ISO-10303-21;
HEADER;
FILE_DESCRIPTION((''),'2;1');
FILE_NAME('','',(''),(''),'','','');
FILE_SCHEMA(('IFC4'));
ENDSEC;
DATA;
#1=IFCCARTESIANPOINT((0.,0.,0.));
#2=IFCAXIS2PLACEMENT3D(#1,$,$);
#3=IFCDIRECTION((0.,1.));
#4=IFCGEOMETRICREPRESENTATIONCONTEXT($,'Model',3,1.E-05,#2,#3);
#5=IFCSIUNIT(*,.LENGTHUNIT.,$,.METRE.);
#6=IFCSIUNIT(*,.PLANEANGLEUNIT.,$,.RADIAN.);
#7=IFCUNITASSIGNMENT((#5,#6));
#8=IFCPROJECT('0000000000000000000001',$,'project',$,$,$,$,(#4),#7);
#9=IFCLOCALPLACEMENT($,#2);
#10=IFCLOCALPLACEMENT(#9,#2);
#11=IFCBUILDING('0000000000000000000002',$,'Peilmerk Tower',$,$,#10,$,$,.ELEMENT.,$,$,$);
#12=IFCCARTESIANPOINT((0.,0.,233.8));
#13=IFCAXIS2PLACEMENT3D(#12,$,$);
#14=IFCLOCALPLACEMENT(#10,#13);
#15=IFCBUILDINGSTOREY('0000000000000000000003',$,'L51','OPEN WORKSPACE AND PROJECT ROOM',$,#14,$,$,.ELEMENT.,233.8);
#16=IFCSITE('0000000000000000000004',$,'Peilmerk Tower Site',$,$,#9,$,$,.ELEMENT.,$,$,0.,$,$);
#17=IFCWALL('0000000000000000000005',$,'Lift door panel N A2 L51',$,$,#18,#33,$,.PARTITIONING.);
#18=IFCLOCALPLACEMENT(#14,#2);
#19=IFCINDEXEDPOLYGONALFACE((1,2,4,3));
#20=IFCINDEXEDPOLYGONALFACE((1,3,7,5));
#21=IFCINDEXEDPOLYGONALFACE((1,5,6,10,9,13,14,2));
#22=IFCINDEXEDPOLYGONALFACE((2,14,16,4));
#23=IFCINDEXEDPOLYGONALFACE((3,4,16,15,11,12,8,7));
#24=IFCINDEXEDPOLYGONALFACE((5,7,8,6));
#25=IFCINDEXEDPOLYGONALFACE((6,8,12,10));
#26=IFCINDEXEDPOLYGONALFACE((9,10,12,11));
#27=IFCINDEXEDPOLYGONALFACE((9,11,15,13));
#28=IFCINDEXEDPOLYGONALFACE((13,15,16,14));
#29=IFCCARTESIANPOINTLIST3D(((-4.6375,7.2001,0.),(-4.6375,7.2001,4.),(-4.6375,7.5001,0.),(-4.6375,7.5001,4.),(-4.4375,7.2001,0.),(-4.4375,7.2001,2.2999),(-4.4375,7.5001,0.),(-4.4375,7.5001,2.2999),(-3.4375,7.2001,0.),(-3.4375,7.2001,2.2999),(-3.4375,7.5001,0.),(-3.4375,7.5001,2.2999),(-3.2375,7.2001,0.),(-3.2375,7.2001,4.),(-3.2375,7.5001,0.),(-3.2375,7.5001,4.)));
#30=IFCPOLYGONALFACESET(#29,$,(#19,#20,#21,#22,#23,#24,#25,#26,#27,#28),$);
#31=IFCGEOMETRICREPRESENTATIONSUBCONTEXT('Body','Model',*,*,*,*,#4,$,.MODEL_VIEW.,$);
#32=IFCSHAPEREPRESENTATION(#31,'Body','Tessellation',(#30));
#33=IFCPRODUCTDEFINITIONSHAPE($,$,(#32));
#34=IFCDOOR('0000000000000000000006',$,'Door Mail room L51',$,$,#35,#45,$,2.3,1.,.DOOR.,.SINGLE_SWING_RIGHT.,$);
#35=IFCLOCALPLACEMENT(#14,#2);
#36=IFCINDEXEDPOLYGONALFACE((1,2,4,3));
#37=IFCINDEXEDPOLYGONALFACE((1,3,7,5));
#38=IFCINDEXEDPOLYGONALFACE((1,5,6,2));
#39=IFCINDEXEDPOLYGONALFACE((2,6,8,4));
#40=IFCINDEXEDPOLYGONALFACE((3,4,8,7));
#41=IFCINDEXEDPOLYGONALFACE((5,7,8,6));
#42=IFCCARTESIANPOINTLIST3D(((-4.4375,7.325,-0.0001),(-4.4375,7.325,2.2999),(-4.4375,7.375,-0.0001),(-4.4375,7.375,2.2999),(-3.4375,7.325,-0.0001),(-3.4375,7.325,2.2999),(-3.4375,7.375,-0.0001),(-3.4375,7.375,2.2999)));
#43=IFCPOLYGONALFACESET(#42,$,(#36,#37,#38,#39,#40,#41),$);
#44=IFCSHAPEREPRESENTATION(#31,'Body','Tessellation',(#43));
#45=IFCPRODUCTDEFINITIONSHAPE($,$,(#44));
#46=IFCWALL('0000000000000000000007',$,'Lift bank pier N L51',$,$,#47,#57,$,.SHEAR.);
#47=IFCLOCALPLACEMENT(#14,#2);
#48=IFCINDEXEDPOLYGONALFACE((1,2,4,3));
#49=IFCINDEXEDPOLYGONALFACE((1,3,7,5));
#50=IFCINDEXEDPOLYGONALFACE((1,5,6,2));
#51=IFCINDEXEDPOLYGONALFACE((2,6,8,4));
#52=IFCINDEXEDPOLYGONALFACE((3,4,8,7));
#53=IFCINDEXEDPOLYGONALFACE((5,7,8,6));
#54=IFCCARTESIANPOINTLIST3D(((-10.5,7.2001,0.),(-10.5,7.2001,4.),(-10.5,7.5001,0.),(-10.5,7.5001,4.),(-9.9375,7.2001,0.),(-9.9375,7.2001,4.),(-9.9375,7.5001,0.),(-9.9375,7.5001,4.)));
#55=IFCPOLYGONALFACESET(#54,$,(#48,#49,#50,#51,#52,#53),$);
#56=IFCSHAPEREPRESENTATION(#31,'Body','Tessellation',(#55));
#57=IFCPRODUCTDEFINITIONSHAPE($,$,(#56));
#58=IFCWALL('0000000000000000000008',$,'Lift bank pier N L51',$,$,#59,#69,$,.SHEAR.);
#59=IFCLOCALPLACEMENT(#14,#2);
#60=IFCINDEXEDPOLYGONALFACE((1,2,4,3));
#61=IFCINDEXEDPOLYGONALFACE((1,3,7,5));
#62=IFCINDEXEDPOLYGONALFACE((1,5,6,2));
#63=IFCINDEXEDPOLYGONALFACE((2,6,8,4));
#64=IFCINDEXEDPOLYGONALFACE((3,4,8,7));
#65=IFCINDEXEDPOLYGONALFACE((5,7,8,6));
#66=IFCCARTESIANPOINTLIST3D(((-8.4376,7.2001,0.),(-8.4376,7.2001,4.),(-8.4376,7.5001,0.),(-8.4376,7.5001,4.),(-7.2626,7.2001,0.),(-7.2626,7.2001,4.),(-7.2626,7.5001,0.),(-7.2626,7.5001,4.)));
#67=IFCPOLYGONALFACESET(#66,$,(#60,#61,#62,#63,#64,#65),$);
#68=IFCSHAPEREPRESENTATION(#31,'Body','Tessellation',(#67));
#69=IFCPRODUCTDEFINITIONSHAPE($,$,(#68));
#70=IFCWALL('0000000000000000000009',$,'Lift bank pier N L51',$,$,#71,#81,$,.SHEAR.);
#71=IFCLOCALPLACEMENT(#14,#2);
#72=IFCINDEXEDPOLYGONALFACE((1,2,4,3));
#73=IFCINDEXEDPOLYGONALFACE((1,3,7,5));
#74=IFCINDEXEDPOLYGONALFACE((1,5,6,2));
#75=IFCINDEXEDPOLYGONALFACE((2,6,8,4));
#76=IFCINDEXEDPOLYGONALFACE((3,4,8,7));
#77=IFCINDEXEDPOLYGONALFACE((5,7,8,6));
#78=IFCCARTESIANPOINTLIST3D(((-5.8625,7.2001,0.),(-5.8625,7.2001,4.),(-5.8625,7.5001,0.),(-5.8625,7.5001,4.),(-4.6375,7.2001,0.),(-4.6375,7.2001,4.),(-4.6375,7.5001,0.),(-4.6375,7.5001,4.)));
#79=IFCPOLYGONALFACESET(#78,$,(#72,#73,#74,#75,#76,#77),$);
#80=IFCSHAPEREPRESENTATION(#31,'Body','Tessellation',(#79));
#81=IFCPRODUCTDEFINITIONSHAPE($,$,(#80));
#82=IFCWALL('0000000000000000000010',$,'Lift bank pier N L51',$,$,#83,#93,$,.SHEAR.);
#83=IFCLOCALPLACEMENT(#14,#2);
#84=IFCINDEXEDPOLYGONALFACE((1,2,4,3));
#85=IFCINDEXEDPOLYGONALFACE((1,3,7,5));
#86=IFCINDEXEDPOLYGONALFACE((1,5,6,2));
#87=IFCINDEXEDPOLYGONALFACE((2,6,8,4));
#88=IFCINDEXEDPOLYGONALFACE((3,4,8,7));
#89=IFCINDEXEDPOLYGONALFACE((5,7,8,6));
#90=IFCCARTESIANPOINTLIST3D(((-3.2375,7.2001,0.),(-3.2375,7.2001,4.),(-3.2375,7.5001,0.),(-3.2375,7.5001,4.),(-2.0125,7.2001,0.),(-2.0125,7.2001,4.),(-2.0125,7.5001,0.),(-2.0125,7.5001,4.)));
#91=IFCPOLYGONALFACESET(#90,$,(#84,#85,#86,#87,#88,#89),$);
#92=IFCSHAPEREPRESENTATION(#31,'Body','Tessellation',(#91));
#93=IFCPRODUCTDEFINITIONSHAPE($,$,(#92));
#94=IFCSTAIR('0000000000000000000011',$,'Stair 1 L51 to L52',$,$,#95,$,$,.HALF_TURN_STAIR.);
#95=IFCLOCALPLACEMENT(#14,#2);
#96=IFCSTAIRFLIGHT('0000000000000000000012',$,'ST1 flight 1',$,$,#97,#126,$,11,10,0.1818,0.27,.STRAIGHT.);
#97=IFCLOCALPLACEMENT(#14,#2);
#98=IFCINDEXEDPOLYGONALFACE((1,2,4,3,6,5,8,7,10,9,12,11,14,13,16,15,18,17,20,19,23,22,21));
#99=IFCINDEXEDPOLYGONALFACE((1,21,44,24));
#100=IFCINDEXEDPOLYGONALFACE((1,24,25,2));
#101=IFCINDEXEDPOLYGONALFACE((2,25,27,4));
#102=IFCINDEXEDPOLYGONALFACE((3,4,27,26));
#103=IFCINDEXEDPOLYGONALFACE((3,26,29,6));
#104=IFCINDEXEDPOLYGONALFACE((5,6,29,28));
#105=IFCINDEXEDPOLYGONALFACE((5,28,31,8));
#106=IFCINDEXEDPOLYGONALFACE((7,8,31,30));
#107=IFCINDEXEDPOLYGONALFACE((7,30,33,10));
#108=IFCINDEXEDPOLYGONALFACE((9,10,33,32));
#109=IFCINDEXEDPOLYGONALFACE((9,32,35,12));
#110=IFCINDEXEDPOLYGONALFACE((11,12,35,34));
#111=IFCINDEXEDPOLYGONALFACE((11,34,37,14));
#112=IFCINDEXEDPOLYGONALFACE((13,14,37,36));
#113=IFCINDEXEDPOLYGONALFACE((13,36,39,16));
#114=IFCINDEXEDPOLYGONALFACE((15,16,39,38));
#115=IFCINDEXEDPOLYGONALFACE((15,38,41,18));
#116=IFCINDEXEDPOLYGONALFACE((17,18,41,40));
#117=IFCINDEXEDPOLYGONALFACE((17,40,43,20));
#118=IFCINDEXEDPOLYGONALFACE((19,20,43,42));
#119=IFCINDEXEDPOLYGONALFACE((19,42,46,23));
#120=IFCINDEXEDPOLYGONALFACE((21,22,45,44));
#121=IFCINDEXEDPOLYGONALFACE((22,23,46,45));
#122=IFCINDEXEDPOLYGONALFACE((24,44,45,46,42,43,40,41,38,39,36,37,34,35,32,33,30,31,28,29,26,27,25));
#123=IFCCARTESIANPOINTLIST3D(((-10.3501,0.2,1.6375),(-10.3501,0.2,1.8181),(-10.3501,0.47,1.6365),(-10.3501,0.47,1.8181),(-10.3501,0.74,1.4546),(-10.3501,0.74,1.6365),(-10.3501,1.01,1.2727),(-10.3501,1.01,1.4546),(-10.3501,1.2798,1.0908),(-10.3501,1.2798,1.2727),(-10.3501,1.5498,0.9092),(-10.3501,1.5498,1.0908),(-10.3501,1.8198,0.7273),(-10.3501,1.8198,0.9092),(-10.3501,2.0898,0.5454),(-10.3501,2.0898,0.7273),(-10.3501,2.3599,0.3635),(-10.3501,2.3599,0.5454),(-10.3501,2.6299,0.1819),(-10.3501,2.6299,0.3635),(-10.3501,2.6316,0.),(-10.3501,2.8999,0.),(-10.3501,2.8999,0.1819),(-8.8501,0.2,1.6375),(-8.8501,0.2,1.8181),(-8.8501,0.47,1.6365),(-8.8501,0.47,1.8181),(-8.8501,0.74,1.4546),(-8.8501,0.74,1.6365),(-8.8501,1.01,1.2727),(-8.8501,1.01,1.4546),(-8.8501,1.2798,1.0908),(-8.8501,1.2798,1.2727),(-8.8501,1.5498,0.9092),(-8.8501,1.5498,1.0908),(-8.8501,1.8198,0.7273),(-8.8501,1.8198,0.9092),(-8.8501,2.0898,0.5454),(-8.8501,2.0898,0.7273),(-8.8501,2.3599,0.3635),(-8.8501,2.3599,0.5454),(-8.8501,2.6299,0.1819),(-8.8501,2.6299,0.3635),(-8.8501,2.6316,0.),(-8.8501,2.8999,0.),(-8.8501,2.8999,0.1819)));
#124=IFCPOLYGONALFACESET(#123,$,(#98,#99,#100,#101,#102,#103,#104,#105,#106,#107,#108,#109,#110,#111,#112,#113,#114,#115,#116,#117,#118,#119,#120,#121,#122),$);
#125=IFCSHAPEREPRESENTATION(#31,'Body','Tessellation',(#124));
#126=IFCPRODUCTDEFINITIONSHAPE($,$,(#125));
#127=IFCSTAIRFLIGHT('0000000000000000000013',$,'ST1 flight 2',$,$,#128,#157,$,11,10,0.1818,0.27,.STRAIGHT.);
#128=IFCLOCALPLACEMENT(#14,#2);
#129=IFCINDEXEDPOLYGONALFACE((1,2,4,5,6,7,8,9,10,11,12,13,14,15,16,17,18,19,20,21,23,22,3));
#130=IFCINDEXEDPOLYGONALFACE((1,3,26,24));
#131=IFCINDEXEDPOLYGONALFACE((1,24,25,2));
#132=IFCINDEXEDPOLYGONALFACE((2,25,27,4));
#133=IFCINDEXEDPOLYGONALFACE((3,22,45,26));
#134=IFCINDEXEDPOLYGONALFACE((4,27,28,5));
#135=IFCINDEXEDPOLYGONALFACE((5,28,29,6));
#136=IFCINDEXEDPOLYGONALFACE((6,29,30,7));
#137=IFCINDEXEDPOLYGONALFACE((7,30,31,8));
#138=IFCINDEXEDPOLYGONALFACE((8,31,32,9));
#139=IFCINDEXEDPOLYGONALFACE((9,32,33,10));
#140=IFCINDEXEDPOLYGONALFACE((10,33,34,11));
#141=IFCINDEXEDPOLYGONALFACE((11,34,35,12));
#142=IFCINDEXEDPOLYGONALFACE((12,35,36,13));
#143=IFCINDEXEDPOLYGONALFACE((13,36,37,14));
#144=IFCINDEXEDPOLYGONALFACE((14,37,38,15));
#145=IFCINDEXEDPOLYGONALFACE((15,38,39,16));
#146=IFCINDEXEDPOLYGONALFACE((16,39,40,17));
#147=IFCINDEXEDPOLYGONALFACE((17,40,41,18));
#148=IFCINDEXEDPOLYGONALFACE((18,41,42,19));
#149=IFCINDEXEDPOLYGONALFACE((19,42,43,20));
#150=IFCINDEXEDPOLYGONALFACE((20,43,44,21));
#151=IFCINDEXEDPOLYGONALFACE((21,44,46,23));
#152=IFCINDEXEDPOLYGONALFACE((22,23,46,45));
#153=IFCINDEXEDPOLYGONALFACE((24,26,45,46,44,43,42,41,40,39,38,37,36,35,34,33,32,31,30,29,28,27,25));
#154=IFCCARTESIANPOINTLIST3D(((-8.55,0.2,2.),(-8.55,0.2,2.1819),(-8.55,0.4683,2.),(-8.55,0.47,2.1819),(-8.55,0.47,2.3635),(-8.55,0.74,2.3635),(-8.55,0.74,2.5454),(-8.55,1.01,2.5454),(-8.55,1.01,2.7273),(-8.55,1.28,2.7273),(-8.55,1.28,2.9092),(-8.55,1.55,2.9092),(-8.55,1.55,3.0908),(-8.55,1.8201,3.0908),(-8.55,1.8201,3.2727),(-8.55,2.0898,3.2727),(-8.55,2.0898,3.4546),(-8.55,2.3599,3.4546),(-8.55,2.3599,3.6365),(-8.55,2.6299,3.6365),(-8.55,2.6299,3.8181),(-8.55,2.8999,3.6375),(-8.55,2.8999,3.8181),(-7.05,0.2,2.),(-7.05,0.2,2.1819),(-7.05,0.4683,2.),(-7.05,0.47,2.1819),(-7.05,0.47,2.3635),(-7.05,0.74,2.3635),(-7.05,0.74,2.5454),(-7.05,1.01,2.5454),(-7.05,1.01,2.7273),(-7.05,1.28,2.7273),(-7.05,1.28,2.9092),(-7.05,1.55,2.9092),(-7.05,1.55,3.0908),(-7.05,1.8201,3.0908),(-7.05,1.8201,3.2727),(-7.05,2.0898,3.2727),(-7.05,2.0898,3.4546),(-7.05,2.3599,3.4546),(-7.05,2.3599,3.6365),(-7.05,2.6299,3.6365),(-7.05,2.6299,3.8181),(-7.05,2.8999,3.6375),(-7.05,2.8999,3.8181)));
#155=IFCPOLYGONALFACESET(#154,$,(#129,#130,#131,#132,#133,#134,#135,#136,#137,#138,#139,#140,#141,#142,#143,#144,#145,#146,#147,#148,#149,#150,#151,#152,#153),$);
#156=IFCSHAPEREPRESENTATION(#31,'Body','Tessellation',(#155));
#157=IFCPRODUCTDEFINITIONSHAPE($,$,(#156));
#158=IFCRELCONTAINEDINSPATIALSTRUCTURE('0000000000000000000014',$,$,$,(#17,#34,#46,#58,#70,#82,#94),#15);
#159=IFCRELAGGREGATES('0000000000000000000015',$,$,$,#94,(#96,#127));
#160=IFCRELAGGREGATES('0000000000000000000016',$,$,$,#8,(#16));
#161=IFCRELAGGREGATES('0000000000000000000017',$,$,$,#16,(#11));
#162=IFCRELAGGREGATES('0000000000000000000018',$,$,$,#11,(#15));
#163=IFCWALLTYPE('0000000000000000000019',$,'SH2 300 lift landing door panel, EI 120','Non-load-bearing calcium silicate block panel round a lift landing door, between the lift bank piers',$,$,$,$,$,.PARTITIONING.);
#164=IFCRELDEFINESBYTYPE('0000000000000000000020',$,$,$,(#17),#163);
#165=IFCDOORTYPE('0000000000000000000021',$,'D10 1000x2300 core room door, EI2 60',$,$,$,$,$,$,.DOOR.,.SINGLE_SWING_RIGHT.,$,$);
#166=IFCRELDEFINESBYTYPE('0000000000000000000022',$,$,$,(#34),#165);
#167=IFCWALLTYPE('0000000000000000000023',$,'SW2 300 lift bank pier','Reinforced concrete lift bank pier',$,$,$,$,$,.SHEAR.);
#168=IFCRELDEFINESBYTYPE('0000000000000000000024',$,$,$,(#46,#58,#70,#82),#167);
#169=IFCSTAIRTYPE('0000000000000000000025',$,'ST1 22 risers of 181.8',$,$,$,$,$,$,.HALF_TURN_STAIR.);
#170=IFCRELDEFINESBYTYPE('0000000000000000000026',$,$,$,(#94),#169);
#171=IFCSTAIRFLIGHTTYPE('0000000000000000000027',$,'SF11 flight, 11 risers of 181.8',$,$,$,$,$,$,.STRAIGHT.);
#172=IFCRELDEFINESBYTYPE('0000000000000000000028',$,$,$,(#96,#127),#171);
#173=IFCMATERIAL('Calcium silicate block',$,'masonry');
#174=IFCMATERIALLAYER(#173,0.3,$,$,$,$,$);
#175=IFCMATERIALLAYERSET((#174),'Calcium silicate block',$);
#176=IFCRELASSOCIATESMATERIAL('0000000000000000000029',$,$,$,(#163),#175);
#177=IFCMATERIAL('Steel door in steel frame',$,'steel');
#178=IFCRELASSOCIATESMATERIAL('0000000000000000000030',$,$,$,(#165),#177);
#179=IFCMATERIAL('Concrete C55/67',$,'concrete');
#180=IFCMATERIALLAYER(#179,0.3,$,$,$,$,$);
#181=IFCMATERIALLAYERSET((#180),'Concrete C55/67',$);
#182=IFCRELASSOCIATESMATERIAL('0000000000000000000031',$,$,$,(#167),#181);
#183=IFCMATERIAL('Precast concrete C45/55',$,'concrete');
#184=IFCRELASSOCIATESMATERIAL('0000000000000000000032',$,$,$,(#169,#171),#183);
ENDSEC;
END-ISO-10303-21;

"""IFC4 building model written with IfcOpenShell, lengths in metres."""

from ifc_helpers import new_model, si_unit, direction, frame, frame_2d, origin, place, context, subcontext, project, spatial, polyline, rectangle, outline, extrude, material, layer, layer_set, type_object, element, fill, aggregate, save


model = new_model("IFC4")

# Units and contexts
model_context = context("Model", 3, precision=1e-05, world=origin(), true_north=direction((0.0, 1.0)))
body_context = subcontext(model_context, "Body", "Model", "MODEL_VIEW")
ifc_project = project(units=[si_unit("LENGTHUNIT", "METRE"), si_unit("PLANEANGLEUNIT", "RADIAN")], contexts=[model_context])

# Site, building, storey
site_placement = place(None, origin())
site = spatial("IfcSite", under=ifc_project, at=site_placement, Name="Peilmerk Tower Site", CompositionType="ELEMENT", RefElevation=0.0)
building_placement = place(site_placement, origin())
building = spatial("IfcBuilding", under=site, at=building_placement, Name="Peilmerk Tower", CompositionType="ELEMENT")
storey_placement = place(building_placement, frame((0.0, 0.0, 233.8)))
storey = spatial("IfcBuildingStorey", under=building, at=storey_placement, Name="L51", Description="OPEN WORKSPACE AND PROJECT ROOM", CompositionType="ELEMENT", Elevation=233.8)

# Shared definitions
ifc_material_1 = material(Name="Concrete C55/67", Category="concrete")

# Shared definitions
ifc_material_2 = material(Name="Steel door in steel frame", Category="steel")

# Shared definitions
ifc_material_3 = material(Name="Calcium silicate block", Category="masonry")
ifc_layer_1 = layer(ifc_material_3, 0.3)
ifc_layer_set_1 = layer_set([ifc_layer_1], Name="Calcium silicate block")
wall_type_1 = type_object("IfcWallType", Name="SH2 300 lift landing door panel, EI 120", Description="Non-load-bearing calcium silicate block panel round a lift landing door, between the lift bank piers", PredefinedType="PARTITIONING", material=ifc_layer_set_1)

# Wall, opening, door
wall_1_placement = place(storey_placement, frame((-4.6375, 7.3501, 0.0), z_axis=(0.0, 0.0, 1.0), x_axis=(1.0, 0.0, 0.0)))
wall_1 = element("IfcWall", 1, at=wall_1_placement, inside=storey, type_object=wall_type_1, Name="Lift door panel N A2 L51", PredefinedType="PARTITIONING", context=body_context, shape_type="SweptSolid", body=[
    extrude(rectangle(XDim=1.3999, YDim=0.3, at=frame_2d((0.7, 0.0))), origin(), (0.0, 0.0, 1.0), 4.0),
])
opening_1_placement = place(wall_1_placement, frame((0.2, 0.0, 0.0)))
opening_1 = element("IfcOpeningElement", 2, at=opening_1_placement, cuts=wall_1, PredefinedType="OPENING", context=body_context, shape_type="SweptSolid", body=[
    extrude(rectangle(XDim=1.0, YDim=2.3, at=frame_2d((0.5, 1.1499))), frame((0.0, 0.1599, 0.0), z_axis=(0.0, -1.0, 0.0), x_axis=(1.0, 0.0, 0.0)), (0.0, 0.0, 1.0), 0.3201),
])
door_type_1 = type_object("IfcDoorType", Name="D10 1000x2300 core room door, EI2 60", OperationType="SINGLE_SWING_RIGHT", PredefinedType="DOOR", material=ifc_material_2)
door_1_placement = place(opening_1_placement, origin())
door_1 = element("IfcDoor", 3, at=door_1_placement, inside=storey, type_object=door_type_1, Name="Door Mail room L51", OperationType="SINGLE_SWING_RIGHT", OverallHeight=2.3, OverallWidth=1.0, PredefinedType="DOOR", context=body_context, shape_type="SweptSolid", body=[
    extrude(rectangle(XDim=1.0, YDim=2.3, at=frame_2d((0.5, 1.1499))), frame((0.0, 0.0249, 0.0), z_axis=(0.0, -1.0, 0.0), x_axis=(1.0, 0.0, 0.0)), (0.0, 0.0, 1.0), 0.05),
])
fill(opening_1, door_1)

# Walls
ifc_layer_2 = layer(ifc_material_1, 0.3)
ifc_layer_set_2 = layer_set([ifc_layer_2], Name="Concrete C55/67")
wall_type_2 = type_object("IfcWallType", Name="SW2 300 lift bank pier", Description="Reinforced concrete lift bank pier", PredefinedType="SHEAR", material=ifc_layer_set_2)
wall_2_placement = place(storey_placement, frame((-10.5, 7.3501, 0.0), z_axis=(0.0, 0.0, 1.0), x_axis=(1.0, 0.0, 0.0)))
element("IfcWall", 4, at=wall_2_placement, inside=storey, type_object=wall_type_2, Name="Lift bank pier N L51", PredefinedType="SHEAR", context=body_context, shape_type="SweptSolid", body=[
    extrude(rectangle(XDim=0.5625, YDim=0.3, at=frame_2d((0.2812, 0.0))), origin(), (0.0, 0.0, 1.0), 4.0),
])
wall_3_placement = place(storey_placement, frame((-8.4375, 7.3501, 0.0), z_axis=(0.0, 0.0, 1.0), x_axis=(1.0, 0.0, 0.0)))
element("IfcWall", 5, at=wall_3_placement, inside=storey, type_object=wall_type_2, Name="Lift bank pier N L51", PredefinedType="SHEAR", context=body_context, shape_type="SweptSolid", body=[
    extrude(rectangle(XDim=1.175, YDim=0.3, at=frame_2d((0.5874, 0.0))), origin(), (0.0, 0.0, 1.0), 4.0),
])
for number, where, z_axis, x_axis, name in (
    (6, (-5.8625, 7.3501, 0.0), (0.0, 0.0, 1.0), (1.0, 0.0, 0.0), "Lift bank pier N L51"),
    (7, (-3.2375, 7.3501, 0.0), (0.0, 0.0, 1.0), (1.0, 0.0, 0.0), "Lift bank pier N L51"),
):
    element("IfcWall", number, at=place(storey_placement, frame(where, z_axis=z_axis, x_axis=x_axis)), inside=storey, type_object=wall_type_2, Name=name, PredefinedType="SHEAR", context=body_context, shape_type="SweptSolid", body=[
        extrude(rectangle(XDim=1.2251, YDim=0.3, at=frame_2d((0.6125, 0.0))), origin(), (0.0, 0.0, 1.0), 4.0),
    ])

# Stair, stair flights
ifc_material_4 = material(Name="Precast concrete C45/55", Category="concrete")
stair_type = type_object("IfcStairType", Name="ST1 22 risers of 181.8", PredefinedType="HALF_TURN_STAIR", material=ifc_material_4)
stair_placement = place(storey_placement, origin())
stair = element("IfcStair", 8, at=stair_placement, inside=storey, type_object=stair_type, Name="Stair 1 L51 to L52", PredefinedType="HALF_TURN_STAIR")
stair_flight_type = type_object("IfcStairFlightType", Name="SF11 flight, 11 risers of 181.8", PredefinedType="STRAIGHT", material=ifc_material_4)
stair_flight_1_placement = place(storey_placement, frame((-9.6001, 2.8999, 0.0), z_axis=(0.0, 0.0, 1.0), x_axis=(0.0, -1.0, 0.0)))
stair_flight_1 = element("IfcStairFlight", 9, at=stair_flight_1_placement, type_object=stair_flight_type, Name="ST1 flight 1", NumberOfRisers=11, NumberOfTreads=10, PredefinedType="STRAIGHT", RiserHeight=0.1818, TreadLength=0.27, context=body_context, shape_type="SweptSolid", body=[
    extrude(outline(polyline([(0.0, 0.0), (0.0, 0.1819), (0.27, 0.1819), (0.27, 0.3635), (0.54, 0.3635), (0.54, 0.5454), (0.8101, 0.5454), (0.8101, 0.7273), (1.0801, 0.7273), (1.0801, 0.9092), (1.3501, 0.9092), (1.3501, 1.0908), (1.6201, 1.0908), (1.6201, 1.2727), (1.8899, 1.2727), (1.8899, 1.4546), (2.1599, 1.4546), (2.1599, 1.6365), (2.4299, 1.6365), (2.4299, 1.8181), (2.7, 1.8181), (2.7, 2.0), (2.7, 1.6375), (0.2683, 0.0), (0.0, 0.0)])), frame((0.0, 0.75, 0.0), z_axis=(0.0, -1.0, 0.0), x_axis=(1.0, 0.0, 0.0)), (0.0, 0.0, 1.0), 1.5),
])
stair_flight_2_placement = place(storey_placement, frame((-7.8, 0.2, 2.0), z_axis=(0.0, 0.0, 1.0), x_axis=(0.0, 1.0, 0.0)))
stair_flight_2 = element("IfcStairFlight", 10, at=stair_flight_2_placement, type_object=stair_flight_type, Name="ST1 flight 2", NumberOfRisers=11, NumberOfTreads=10, PredefinedType="STRAIGHT", RiserHeight=0.1818, TreadLength=0.27, context=body_context, shape_type="SweptSolid", body=[
    extrude(outline(polyline([(0.0, 0.0), (0.0, 0.1819), (0.27, 0.1819), (0.27, 0.3635), (0.54, 0.3635), (0.54, 0.5454), (0.8101, 0.5454), (0.8101, 0.7273), (1.0801, 0.7273), (1.0801, 0.9092), (1.3501, 0.9092), (1.3501, 1.0908), (1.6201, 1.0908), (1.6201, 1.2727), (1.8899, 1.2727), (1.8899, 1.4546), (2.1599, 1.4546), (2.1599, 1.6365), (2.4299, 1.6365), (2.4299, 1.8181), (2.7, 1.8181), (2.7, 2.0), (2.7, 1.6375), (0.2683, 0.0), (0.0, 0.0)])), frame((0.0, 0.75, 0.0), z_axis=(0.0, -1.0, 0.0), x_axis=(1.0, 0.0, 0.0)), (0.0, 0.0, 1.0), 1.5),
])
aggregate(stair, [stair_flight_1, stair_flight_2])

save(model, "model.ifc")
